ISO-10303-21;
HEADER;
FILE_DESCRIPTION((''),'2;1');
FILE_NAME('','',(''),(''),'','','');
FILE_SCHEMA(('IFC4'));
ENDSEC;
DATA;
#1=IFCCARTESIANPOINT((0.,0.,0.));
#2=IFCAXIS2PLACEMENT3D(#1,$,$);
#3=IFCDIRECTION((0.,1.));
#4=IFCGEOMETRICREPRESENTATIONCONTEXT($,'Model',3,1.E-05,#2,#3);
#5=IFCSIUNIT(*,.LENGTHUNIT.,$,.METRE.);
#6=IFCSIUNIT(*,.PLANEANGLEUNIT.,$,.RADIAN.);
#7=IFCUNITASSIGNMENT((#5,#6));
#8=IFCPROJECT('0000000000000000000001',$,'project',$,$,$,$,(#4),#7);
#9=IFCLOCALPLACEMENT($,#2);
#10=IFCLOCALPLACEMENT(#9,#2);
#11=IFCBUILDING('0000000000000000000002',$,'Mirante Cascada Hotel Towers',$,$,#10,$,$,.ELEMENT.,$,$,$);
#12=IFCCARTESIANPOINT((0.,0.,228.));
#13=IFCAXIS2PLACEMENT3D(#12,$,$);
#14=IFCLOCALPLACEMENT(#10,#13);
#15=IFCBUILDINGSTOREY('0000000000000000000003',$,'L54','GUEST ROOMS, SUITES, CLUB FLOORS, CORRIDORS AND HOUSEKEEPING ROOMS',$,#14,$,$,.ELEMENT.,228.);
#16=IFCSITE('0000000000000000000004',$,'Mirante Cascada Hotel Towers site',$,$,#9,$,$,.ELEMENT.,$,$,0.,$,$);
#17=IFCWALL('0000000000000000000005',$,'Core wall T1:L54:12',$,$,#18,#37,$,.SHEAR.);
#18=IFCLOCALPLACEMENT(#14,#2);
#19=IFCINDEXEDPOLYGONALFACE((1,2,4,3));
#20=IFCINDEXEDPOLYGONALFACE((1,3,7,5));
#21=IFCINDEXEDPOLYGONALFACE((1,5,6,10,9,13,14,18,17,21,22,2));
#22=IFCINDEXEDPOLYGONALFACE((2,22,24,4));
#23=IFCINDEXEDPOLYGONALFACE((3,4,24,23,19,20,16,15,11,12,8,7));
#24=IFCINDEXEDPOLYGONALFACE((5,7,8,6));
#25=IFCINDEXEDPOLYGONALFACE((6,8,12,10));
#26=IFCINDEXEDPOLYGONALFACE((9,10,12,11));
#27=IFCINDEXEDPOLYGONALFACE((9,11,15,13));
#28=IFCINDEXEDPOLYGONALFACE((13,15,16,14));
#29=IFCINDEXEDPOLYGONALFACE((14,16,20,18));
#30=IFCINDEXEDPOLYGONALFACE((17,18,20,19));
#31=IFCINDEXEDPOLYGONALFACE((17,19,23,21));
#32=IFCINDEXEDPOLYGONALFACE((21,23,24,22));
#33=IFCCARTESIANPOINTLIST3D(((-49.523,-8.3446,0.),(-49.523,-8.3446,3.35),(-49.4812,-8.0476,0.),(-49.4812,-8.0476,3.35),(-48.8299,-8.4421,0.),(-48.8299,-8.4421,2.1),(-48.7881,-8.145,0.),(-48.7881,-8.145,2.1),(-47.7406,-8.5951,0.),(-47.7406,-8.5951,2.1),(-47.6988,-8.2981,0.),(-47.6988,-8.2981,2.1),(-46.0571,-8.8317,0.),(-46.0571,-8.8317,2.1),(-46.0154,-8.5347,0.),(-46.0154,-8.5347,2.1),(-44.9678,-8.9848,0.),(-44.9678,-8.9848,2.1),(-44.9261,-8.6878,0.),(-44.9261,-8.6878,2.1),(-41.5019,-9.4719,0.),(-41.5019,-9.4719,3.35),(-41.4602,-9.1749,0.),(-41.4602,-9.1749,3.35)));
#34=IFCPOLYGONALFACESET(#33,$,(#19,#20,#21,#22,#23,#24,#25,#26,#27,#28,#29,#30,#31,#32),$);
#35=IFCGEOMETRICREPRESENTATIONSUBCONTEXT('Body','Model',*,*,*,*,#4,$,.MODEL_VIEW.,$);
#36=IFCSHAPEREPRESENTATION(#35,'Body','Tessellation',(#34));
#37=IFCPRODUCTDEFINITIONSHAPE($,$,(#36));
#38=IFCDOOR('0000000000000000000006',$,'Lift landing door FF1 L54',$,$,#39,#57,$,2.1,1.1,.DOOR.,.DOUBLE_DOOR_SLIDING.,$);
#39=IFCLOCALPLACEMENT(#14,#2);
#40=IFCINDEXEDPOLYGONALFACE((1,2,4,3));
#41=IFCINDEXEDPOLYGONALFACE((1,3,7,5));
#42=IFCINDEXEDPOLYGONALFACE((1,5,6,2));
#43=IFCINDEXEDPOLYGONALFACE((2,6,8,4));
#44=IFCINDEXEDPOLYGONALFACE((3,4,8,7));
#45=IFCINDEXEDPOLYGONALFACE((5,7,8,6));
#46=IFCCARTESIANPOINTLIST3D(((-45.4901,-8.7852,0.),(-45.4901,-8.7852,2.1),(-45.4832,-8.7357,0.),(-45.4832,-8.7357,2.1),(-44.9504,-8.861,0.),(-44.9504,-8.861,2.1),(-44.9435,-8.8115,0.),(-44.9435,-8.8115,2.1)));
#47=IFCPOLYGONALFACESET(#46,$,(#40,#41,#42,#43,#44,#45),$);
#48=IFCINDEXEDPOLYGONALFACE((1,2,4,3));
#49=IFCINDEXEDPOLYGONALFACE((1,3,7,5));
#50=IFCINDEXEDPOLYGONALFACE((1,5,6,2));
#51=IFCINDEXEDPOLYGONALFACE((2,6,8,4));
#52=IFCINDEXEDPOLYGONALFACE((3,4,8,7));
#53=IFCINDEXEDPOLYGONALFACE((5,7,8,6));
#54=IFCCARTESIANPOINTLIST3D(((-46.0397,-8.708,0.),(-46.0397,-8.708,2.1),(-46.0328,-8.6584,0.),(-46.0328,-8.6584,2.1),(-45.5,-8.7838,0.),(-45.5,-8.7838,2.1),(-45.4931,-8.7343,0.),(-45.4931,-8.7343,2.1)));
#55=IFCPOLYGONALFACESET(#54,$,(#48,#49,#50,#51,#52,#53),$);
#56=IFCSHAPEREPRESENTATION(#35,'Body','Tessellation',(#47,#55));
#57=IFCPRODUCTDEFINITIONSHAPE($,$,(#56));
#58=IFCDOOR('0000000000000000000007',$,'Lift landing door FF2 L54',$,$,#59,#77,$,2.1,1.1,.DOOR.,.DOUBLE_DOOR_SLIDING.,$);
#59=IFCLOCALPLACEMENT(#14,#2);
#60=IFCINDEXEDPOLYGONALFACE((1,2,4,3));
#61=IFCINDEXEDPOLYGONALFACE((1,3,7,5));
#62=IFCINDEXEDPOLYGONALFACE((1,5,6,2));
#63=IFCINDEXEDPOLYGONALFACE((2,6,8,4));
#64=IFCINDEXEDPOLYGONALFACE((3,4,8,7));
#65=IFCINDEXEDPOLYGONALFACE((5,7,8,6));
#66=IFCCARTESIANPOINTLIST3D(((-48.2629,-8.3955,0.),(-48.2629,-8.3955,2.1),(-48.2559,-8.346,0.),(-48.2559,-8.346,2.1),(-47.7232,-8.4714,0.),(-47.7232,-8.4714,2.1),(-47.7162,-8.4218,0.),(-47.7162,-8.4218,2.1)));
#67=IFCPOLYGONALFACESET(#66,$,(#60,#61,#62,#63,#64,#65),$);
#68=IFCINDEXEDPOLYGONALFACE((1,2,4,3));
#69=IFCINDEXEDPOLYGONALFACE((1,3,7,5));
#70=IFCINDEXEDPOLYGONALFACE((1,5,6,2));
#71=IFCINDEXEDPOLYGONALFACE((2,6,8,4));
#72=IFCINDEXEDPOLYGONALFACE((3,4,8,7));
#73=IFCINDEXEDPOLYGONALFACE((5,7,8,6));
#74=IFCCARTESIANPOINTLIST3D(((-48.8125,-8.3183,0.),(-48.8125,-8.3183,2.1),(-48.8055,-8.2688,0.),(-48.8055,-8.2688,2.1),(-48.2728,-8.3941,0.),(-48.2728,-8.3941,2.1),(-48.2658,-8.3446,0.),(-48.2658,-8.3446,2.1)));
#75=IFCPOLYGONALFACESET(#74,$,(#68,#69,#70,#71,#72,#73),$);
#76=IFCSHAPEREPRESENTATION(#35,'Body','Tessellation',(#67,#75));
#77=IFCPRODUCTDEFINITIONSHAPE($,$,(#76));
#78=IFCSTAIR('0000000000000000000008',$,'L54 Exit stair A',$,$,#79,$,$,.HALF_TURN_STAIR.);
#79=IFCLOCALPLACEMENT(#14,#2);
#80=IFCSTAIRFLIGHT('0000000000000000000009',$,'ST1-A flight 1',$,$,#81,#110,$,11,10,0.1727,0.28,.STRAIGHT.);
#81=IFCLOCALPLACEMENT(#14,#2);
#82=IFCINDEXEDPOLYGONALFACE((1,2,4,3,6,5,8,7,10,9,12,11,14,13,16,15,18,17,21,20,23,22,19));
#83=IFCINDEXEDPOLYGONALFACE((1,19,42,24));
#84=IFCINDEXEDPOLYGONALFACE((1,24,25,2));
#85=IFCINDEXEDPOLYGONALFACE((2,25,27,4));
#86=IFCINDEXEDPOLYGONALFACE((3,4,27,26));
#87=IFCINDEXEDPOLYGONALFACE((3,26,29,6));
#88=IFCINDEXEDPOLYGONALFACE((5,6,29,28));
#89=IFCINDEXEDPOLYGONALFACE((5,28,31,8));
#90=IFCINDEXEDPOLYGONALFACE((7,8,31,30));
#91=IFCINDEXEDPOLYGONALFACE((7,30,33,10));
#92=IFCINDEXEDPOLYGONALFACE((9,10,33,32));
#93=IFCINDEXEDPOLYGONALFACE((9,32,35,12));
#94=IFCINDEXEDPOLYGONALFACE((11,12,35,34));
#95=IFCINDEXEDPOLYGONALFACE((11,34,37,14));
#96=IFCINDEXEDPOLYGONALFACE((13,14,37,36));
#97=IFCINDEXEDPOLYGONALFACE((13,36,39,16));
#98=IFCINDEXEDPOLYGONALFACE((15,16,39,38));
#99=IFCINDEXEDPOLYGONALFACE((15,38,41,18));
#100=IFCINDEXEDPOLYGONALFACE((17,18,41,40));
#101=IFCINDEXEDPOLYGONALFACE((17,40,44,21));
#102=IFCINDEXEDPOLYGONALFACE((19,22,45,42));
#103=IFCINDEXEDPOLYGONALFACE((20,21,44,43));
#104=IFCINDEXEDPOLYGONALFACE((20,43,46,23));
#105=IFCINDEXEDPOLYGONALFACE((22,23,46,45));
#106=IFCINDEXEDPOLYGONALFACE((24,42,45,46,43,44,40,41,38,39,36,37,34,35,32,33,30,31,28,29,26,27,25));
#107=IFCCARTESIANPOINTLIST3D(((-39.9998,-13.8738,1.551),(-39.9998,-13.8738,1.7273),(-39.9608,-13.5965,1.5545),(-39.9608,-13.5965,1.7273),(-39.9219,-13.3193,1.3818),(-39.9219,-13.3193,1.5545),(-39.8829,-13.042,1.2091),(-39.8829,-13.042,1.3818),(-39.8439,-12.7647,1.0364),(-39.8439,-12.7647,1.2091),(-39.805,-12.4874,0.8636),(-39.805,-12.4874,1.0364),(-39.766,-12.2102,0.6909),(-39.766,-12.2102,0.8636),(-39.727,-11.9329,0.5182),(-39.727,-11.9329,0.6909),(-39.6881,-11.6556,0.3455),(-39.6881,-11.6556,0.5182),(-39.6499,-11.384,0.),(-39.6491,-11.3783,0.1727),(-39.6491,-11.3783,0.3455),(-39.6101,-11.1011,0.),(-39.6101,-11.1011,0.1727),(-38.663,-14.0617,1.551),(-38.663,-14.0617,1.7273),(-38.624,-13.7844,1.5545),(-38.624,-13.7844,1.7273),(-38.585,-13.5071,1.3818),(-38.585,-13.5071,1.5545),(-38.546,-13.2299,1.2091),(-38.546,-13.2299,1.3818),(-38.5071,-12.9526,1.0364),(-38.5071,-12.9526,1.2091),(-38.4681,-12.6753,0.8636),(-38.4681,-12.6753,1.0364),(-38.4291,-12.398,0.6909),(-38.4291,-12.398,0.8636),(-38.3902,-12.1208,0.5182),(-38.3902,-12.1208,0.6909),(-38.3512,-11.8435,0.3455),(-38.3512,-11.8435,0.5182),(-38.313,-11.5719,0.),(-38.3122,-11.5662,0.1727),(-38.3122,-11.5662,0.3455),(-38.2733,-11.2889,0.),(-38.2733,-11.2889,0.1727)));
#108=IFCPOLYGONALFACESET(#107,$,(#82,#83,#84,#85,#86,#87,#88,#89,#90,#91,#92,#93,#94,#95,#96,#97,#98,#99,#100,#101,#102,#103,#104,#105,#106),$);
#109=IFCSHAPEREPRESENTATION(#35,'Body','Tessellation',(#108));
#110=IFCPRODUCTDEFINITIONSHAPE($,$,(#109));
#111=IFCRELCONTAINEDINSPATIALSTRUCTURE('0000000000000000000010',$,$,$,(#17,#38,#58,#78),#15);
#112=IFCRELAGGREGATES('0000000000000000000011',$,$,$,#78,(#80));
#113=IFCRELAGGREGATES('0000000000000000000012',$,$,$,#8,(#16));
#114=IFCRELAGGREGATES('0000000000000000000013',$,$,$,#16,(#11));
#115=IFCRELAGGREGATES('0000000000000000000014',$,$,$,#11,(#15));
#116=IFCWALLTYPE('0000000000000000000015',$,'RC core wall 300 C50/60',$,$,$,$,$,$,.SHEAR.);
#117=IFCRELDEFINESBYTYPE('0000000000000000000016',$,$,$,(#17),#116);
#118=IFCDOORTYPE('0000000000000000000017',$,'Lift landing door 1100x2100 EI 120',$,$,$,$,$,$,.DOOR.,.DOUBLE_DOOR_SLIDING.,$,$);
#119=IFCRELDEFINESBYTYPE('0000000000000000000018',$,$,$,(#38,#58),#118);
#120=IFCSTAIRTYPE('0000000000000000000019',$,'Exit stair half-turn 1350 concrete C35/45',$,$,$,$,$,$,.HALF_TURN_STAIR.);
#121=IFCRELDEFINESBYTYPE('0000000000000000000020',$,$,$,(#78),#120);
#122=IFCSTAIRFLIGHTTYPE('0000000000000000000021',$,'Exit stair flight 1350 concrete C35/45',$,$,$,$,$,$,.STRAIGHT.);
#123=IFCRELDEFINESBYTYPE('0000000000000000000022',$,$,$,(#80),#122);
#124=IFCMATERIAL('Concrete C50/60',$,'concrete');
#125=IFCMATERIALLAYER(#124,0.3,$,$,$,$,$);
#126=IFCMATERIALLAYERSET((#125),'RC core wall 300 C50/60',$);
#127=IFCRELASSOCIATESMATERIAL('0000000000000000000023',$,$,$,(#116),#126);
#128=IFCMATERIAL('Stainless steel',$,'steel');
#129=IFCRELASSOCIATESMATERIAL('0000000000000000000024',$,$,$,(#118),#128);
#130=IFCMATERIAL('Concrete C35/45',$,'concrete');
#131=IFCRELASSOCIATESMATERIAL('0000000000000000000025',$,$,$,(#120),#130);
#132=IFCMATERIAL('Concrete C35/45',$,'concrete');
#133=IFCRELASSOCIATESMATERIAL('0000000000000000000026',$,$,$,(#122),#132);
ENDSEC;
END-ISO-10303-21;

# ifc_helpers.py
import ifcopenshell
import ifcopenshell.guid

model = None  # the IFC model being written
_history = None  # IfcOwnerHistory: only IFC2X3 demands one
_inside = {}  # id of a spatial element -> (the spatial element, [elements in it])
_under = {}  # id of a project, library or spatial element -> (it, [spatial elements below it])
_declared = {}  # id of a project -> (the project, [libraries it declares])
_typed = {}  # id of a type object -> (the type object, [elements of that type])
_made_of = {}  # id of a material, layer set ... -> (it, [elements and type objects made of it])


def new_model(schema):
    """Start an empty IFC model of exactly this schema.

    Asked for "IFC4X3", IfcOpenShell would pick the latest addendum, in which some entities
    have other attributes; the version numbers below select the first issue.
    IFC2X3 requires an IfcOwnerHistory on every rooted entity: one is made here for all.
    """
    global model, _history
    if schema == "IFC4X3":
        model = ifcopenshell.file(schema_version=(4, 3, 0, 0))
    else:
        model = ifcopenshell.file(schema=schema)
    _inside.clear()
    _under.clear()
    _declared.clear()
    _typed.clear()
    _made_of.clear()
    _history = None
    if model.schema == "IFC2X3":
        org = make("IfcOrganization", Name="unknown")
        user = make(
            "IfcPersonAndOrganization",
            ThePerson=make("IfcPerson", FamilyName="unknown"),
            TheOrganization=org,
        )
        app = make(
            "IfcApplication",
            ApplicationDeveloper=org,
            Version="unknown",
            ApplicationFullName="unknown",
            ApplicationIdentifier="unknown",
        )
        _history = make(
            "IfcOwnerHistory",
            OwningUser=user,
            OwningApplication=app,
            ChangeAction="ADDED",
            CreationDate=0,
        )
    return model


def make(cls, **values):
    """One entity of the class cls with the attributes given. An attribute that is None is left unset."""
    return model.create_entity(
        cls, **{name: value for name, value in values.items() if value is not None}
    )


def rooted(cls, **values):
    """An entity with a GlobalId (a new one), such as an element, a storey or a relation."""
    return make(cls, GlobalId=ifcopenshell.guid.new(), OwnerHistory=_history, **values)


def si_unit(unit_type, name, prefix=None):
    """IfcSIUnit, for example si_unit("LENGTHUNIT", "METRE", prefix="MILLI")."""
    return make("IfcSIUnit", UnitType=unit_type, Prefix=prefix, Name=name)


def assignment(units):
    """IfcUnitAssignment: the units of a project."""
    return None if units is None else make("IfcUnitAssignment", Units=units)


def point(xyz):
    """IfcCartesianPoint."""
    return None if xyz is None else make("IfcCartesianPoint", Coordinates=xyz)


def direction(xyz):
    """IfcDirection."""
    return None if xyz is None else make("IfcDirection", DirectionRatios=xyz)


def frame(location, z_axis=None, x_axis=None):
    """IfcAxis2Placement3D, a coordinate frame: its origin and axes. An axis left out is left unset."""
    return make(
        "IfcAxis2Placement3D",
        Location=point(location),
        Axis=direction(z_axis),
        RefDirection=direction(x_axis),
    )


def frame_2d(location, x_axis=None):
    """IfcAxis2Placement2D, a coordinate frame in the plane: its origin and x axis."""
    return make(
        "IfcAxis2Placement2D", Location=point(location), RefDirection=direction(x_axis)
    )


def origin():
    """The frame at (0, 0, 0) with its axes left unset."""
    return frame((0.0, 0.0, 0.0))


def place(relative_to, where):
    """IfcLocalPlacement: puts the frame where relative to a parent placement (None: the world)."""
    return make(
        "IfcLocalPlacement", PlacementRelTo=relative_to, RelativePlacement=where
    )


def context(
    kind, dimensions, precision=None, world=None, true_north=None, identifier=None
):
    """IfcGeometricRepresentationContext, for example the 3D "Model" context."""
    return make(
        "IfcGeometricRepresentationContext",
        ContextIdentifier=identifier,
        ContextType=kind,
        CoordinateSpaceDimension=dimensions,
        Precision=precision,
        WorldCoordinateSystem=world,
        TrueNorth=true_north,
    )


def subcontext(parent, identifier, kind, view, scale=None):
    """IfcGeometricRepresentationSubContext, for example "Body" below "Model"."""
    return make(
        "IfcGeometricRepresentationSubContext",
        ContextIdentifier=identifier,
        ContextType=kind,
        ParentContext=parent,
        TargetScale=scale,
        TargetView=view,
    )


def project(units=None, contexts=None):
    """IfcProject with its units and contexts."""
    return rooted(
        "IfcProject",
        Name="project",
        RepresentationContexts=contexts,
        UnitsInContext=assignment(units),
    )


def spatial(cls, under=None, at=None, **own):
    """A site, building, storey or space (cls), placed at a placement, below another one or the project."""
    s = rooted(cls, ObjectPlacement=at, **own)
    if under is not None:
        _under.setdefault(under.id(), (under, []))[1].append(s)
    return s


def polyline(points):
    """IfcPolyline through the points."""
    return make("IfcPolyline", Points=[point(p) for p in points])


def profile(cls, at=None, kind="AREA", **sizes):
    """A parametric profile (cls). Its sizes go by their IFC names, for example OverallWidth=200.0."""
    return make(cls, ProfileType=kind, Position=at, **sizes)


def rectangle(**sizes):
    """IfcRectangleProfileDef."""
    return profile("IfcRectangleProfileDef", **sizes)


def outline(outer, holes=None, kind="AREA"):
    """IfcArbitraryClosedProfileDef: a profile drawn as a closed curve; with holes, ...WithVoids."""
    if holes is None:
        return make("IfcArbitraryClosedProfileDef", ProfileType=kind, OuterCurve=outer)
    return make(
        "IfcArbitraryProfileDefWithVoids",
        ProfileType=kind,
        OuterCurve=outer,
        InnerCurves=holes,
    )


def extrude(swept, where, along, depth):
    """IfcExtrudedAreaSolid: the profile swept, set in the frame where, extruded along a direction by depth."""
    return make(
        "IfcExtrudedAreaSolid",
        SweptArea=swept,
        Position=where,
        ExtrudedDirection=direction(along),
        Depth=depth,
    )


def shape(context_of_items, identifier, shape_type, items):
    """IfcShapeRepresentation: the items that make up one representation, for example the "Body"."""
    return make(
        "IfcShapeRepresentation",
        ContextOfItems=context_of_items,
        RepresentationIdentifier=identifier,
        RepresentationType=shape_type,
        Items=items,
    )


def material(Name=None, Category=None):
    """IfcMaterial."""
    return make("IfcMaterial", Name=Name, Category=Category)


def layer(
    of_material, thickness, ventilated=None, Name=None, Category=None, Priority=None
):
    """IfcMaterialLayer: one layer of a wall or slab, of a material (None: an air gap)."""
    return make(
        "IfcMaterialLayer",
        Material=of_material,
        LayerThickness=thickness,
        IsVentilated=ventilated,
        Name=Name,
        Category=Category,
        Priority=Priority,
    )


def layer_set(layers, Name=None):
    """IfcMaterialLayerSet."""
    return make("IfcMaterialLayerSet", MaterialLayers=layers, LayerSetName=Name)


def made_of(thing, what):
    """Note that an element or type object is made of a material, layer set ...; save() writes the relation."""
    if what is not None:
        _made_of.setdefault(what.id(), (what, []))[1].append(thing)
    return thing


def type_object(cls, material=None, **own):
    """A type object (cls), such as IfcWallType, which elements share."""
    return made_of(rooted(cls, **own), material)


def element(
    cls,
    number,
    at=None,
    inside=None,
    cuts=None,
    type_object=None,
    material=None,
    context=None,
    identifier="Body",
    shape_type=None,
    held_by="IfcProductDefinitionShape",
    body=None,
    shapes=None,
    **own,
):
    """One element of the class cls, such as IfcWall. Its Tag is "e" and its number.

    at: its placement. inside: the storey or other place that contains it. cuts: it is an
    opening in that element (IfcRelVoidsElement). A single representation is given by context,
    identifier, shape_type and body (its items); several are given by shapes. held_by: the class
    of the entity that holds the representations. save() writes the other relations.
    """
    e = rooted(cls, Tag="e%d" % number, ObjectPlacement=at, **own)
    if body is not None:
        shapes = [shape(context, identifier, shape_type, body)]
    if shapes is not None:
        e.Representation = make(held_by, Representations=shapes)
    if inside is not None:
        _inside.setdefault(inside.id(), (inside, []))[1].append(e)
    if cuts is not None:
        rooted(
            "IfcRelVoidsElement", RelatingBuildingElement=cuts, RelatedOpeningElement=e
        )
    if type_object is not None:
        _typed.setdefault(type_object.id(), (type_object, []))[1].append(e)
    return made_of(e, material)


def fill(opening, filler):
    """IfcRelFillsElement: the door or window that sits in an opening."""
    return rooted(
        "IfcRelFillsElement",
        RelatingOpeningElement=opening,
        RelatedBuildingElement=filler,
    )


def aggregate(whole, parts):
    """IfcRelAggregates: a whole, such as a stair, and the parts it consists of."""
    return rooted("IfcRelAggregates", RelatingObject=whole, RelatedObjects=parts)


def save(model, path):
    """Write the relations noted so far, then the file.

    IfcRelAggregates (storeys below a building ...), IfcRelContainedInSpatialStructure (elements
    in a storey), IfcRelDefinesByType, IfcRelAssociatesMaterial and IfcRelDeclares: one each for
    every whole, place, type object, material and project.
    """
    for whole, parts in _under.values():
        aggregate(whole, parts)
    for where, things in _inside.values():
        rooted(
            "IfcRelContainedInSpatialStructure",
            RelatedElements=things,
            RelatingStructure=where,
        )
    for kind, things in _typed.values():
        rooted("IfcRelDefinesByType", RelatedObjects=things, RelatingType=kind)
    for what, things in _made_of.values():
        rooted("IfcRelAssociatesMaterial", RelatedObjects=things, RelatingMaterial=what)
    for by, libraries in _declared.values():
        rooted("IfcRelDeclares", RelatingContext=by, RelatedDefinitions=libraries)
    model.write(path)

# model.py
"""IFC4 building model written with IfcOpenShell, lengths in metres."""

from ifc_helpers import new_model, si_unit, direction, frame, frame_2d, origin, place, context, subcontext, project, spatial, polyline, rectangle, outline, extrude, material, layer, layer_set, type_object, element, fill, aggregate, save


model = new_model("IFC4")

# Units and contexts
model_context = context("Model", 3, precision=1e-05, world=origin(), true_north=direction((0.0, 1.0)))
body_context = subcontext(model_context, "Body", "Model", "MODEL_VIEW")
ifc_project = project(units=[si_unit("LENGTHUNIT", "METRE"), si_unit("PLANEANGLEUNIT", "RADIAN")], contexts=[model_context])

# Site, building, storey
site_placement = place(None, origin())
site = spatial("IfcSite", under=ifc_project, at=site_placement, Name="Mirante Cascada Hotel Towers site", CompositionType="ELEMENT", RefElevation=0.0)
building_placement = place(site_placement, origin())
building = spatial("IfcBuilding", under=site, at=building_placement, Name="Mirante Cascada Hotel Towers", CompositionType="ELEMENT")
storey_placement = place(building_placement, frame((0.0, 0.0, 228.0)))
storey = spatial("IfcBuildingStorey", under=building, at=storey_placement, Name="L54", Description="GUEST ROOMS, SUITES, CLUB FLOORS, CORRIDORS AND HOUSEKEEPING ROOMS", CompositionType="ELEMENT", Elevation=228.0)

# Shared definitions
ifc_material_1 = material(Name="Concrete C50/60", Category="concrete")
ifc_layer_1 = layer(ifc_material_1, 0.3)
ifc_layer_set_1 = layer_set([ifc_layer_1], Name="RC core wall 300 C50/60")
wall_type_1 = type_object("IfcWallType", Name="RC core wall 300 C50/60", PredefinedType="SHEAR", material=ifc_layer_set_1)

# Wall, openings, doors
wall_1_placement = place(storey_placement, frame((-41.481, -9.3234, 0.0), z_axis=(0.0, 0.0, 1.0), x_axis=(-0.990268, 0.139174, 0.0)))
wall_1 = element("IfcWall", 1, at=wall_1_placement, inside=storey, type_object=wall_type_1, Name="Core wall T1:L54:12", PredefinedType="SHEAR", context=body_context, shape_type="SweptSolid", body=[
    extrude(rectangle(XDim=8.0999, YDim=0.3, at=frame_2d((4.05, 0.0))), origin(), (0.0, 0.0, 1.0), 3.35),
])
opening_1_placement = place(wall_1_placement, frame((3.5, 0.0, 0.0)))
opening_1 = element("IfcOpeningElement", 2, at=opening_1_placement, cuts=wall_1, PredefinedType="OPENING", context=body_context, shape_type="SweptSolid", body=[
    extrude(rectangle(XDim=1.1, YDim=2.1, at=frame_2d((0.55, 1.05))), frame((0.0, 0.15, 0.0), z_axis=(0.0, -1.0, 0.0), x_axis=(1.0, 0.0, 0.0)), (0.0, 0.0, 1.0), 0.3),
])
opening_2_placement = place(wall_1_placement, frame((6.3, 0.0, 0.0)))
opening_2 = element("IfcOpeningElement", 3, at=opening_2_placement, cuts=wall_1, PredefinedType="OPENING", context=body_context, shape_type="SweptSolid", body=[
    extrude(rectangle(XDim=1.1, YDim=2.1, at=frame_2d((0.55, 1.05))), frame((0.0, 0.15, 0.0), z_axis=(0.0, -1.0, 0.0), x_axis=(1.0, 0.0, 0.0)), (0.0, 0.0, 1.0), 0.3),
])
ifc_material_2 = material(Name="Stainless steel", Category="steel")
door_type_1 = type_object("IfcDoorType", Name="Lift landing door 1100x2100 EI 120", OperationType="DOUBLE_DOOR_SLIDING", PredefinedType="DOOR", material=ifc_material_2)
door_1_placement = place(opening_1_placement, origin())
door_1 = element("IfcDoor", 4, at=door_1_placement, inside=storey, type_object=door_type_1, Name="Lift landing door FF1 L54", OperationType="DOUBLE_DOOR_SLIDING", OverallHeight=2.1, OverallWidth=1.1, PredefinedType="DOOR", context=body_context, shape_type="SweptSolid", body=[
    extrude(rectangle(XDim=0.545, YDim=2.1, at=frame_2d((0.2725, 1.05))), frame((0.0, 0.025, 0.0), z_axis=(0.0, -1.0, 0.0), x_axis=(1.0, 0.0, 0.0)), (0.0, 0.0, 1.0), 0.05),
    extrude(rectangle(XDim=0.545, YDim=2.1, at=frame_2d((0.8275, 1.05))), frame((0.0, 0.025, 0.0), z_axis=(0.0, -1.0, 0.0), x_axis=(1.0, 0.0, 0.0)), (0.0, 0.0, 1.0), 0.05),
])
fill(opening_1, door_1)
door_2_placement = place(opening_2_placement, origin())
door_2 = element("IfcDoor", 5, at=door_2_placement, inside=storey, type_object=door_type_1, Name="Lift landing door FF2 L54", OperationType="DOUBLE_DOOR_SLIDING", OverallHeight=2.1, OverallWidth=1.1, PredefinedType="DOOR", context=body_context, shape_type="SweptSolid", body=[
    extrude(rectangle(XDim=0.545, YDim=2.1, at=frame_2d((0.2725, 1.05))), frame((0.0, 0.025, 0.0), z_axis=(0.0, -1.0, 0.0), x_axis=(1.0, 0.0, 0.0)), (0.0, 0.0, 1.0), 0.05),
    extrude(rectangle(XDim=0.545, YDim=2.1, at=frame_2d((0.8275, 1.05))), frame((0.0, 0.025, 0.0), z_axis=(0.0, -1.0, 0.0), x_axis=(1.0, 0.0, 0.0)), (0.0, 0.0, 1.0), 0.05),
])
fill(opening_2, door_2)

# Stair, stair flight
ifc_material_3 = material(Name="Concrete C35/45", Category="concrete")
stair_type = type_object("IfcStairType", Name="Exit stair half-turn 1350 concrete C35/45", PredefinedType="HALF_TURN_STAIR", material=ifc_material_3)
stair_placement = place(storey_placement, origin())
stair = element("IfcStair", 6, at=stair_placement, inside=storey, type_object=stair_type, Name="L54 Exit stair A", PredefinedType="HALF_TURN_STAIR")
ifc_material_4 = material(Name="Concrete C35/45", Category="concrete")
stair_flight_type = type_object("IfcStairFlightType", Name="Exit stair flight 1350 concrete C35/45", PredefinedType="STRAIGHT", material=ifc_material_4)
stair_flight_placement = place(storey_placement, frame((-38.9417, -11.195, 0.0), z_axis=(0.0, 0.0, 1.0), x_axis=(-0.139173, -0.990268, 0.0)))
stair_flight = element("IfcStairFlight", 7, at=stair_flight_placement, type_object=stair_flight_type, Name="ST1-A flight 1", NumberOfRisers=11, NumberOfTreads=10, PredefinedType="STRAIGHT", RiserHeight=0.1727, TreadLength=0.28, context=body_context, shape_type="SweptSolid", body=[
    extrude(outline(polyline([(0.0, 0.0), (0.0, 0.1727), (0.28, 0.1727), (0.28, 0.3455), (0.56, 0.3455), (0.56, 0.5182), (0.84, 0.5182), (0.84, 0.6909), (1.12, 0.6909), (1.12, 0.8636), (1.4, 0.8636), (1.4, 1.0364), (1.68, 1.0364), (1.68, 1.2091), (1.96, 1.2091), (1.96, 1.3818), (2.24, 1.3818), (2.24, 1.5545), (2.52, 1.5545), (2.52, 1.7273), (2.8, 1.7273), (2.8, 1.9), (2.8, 1.551), (0.2857, 0.0), (0.0, 0.0)])), frame((0.0, 0.675, 0.0), z_axis=(0.0, -1.0, 0.0), x_axis=(1.0, 0.0, 0.0)), (0.0, 0.0, 1.0), 1.35),
])
aggregate(stair, [stair_flight])

save(model, "model.ifc")
